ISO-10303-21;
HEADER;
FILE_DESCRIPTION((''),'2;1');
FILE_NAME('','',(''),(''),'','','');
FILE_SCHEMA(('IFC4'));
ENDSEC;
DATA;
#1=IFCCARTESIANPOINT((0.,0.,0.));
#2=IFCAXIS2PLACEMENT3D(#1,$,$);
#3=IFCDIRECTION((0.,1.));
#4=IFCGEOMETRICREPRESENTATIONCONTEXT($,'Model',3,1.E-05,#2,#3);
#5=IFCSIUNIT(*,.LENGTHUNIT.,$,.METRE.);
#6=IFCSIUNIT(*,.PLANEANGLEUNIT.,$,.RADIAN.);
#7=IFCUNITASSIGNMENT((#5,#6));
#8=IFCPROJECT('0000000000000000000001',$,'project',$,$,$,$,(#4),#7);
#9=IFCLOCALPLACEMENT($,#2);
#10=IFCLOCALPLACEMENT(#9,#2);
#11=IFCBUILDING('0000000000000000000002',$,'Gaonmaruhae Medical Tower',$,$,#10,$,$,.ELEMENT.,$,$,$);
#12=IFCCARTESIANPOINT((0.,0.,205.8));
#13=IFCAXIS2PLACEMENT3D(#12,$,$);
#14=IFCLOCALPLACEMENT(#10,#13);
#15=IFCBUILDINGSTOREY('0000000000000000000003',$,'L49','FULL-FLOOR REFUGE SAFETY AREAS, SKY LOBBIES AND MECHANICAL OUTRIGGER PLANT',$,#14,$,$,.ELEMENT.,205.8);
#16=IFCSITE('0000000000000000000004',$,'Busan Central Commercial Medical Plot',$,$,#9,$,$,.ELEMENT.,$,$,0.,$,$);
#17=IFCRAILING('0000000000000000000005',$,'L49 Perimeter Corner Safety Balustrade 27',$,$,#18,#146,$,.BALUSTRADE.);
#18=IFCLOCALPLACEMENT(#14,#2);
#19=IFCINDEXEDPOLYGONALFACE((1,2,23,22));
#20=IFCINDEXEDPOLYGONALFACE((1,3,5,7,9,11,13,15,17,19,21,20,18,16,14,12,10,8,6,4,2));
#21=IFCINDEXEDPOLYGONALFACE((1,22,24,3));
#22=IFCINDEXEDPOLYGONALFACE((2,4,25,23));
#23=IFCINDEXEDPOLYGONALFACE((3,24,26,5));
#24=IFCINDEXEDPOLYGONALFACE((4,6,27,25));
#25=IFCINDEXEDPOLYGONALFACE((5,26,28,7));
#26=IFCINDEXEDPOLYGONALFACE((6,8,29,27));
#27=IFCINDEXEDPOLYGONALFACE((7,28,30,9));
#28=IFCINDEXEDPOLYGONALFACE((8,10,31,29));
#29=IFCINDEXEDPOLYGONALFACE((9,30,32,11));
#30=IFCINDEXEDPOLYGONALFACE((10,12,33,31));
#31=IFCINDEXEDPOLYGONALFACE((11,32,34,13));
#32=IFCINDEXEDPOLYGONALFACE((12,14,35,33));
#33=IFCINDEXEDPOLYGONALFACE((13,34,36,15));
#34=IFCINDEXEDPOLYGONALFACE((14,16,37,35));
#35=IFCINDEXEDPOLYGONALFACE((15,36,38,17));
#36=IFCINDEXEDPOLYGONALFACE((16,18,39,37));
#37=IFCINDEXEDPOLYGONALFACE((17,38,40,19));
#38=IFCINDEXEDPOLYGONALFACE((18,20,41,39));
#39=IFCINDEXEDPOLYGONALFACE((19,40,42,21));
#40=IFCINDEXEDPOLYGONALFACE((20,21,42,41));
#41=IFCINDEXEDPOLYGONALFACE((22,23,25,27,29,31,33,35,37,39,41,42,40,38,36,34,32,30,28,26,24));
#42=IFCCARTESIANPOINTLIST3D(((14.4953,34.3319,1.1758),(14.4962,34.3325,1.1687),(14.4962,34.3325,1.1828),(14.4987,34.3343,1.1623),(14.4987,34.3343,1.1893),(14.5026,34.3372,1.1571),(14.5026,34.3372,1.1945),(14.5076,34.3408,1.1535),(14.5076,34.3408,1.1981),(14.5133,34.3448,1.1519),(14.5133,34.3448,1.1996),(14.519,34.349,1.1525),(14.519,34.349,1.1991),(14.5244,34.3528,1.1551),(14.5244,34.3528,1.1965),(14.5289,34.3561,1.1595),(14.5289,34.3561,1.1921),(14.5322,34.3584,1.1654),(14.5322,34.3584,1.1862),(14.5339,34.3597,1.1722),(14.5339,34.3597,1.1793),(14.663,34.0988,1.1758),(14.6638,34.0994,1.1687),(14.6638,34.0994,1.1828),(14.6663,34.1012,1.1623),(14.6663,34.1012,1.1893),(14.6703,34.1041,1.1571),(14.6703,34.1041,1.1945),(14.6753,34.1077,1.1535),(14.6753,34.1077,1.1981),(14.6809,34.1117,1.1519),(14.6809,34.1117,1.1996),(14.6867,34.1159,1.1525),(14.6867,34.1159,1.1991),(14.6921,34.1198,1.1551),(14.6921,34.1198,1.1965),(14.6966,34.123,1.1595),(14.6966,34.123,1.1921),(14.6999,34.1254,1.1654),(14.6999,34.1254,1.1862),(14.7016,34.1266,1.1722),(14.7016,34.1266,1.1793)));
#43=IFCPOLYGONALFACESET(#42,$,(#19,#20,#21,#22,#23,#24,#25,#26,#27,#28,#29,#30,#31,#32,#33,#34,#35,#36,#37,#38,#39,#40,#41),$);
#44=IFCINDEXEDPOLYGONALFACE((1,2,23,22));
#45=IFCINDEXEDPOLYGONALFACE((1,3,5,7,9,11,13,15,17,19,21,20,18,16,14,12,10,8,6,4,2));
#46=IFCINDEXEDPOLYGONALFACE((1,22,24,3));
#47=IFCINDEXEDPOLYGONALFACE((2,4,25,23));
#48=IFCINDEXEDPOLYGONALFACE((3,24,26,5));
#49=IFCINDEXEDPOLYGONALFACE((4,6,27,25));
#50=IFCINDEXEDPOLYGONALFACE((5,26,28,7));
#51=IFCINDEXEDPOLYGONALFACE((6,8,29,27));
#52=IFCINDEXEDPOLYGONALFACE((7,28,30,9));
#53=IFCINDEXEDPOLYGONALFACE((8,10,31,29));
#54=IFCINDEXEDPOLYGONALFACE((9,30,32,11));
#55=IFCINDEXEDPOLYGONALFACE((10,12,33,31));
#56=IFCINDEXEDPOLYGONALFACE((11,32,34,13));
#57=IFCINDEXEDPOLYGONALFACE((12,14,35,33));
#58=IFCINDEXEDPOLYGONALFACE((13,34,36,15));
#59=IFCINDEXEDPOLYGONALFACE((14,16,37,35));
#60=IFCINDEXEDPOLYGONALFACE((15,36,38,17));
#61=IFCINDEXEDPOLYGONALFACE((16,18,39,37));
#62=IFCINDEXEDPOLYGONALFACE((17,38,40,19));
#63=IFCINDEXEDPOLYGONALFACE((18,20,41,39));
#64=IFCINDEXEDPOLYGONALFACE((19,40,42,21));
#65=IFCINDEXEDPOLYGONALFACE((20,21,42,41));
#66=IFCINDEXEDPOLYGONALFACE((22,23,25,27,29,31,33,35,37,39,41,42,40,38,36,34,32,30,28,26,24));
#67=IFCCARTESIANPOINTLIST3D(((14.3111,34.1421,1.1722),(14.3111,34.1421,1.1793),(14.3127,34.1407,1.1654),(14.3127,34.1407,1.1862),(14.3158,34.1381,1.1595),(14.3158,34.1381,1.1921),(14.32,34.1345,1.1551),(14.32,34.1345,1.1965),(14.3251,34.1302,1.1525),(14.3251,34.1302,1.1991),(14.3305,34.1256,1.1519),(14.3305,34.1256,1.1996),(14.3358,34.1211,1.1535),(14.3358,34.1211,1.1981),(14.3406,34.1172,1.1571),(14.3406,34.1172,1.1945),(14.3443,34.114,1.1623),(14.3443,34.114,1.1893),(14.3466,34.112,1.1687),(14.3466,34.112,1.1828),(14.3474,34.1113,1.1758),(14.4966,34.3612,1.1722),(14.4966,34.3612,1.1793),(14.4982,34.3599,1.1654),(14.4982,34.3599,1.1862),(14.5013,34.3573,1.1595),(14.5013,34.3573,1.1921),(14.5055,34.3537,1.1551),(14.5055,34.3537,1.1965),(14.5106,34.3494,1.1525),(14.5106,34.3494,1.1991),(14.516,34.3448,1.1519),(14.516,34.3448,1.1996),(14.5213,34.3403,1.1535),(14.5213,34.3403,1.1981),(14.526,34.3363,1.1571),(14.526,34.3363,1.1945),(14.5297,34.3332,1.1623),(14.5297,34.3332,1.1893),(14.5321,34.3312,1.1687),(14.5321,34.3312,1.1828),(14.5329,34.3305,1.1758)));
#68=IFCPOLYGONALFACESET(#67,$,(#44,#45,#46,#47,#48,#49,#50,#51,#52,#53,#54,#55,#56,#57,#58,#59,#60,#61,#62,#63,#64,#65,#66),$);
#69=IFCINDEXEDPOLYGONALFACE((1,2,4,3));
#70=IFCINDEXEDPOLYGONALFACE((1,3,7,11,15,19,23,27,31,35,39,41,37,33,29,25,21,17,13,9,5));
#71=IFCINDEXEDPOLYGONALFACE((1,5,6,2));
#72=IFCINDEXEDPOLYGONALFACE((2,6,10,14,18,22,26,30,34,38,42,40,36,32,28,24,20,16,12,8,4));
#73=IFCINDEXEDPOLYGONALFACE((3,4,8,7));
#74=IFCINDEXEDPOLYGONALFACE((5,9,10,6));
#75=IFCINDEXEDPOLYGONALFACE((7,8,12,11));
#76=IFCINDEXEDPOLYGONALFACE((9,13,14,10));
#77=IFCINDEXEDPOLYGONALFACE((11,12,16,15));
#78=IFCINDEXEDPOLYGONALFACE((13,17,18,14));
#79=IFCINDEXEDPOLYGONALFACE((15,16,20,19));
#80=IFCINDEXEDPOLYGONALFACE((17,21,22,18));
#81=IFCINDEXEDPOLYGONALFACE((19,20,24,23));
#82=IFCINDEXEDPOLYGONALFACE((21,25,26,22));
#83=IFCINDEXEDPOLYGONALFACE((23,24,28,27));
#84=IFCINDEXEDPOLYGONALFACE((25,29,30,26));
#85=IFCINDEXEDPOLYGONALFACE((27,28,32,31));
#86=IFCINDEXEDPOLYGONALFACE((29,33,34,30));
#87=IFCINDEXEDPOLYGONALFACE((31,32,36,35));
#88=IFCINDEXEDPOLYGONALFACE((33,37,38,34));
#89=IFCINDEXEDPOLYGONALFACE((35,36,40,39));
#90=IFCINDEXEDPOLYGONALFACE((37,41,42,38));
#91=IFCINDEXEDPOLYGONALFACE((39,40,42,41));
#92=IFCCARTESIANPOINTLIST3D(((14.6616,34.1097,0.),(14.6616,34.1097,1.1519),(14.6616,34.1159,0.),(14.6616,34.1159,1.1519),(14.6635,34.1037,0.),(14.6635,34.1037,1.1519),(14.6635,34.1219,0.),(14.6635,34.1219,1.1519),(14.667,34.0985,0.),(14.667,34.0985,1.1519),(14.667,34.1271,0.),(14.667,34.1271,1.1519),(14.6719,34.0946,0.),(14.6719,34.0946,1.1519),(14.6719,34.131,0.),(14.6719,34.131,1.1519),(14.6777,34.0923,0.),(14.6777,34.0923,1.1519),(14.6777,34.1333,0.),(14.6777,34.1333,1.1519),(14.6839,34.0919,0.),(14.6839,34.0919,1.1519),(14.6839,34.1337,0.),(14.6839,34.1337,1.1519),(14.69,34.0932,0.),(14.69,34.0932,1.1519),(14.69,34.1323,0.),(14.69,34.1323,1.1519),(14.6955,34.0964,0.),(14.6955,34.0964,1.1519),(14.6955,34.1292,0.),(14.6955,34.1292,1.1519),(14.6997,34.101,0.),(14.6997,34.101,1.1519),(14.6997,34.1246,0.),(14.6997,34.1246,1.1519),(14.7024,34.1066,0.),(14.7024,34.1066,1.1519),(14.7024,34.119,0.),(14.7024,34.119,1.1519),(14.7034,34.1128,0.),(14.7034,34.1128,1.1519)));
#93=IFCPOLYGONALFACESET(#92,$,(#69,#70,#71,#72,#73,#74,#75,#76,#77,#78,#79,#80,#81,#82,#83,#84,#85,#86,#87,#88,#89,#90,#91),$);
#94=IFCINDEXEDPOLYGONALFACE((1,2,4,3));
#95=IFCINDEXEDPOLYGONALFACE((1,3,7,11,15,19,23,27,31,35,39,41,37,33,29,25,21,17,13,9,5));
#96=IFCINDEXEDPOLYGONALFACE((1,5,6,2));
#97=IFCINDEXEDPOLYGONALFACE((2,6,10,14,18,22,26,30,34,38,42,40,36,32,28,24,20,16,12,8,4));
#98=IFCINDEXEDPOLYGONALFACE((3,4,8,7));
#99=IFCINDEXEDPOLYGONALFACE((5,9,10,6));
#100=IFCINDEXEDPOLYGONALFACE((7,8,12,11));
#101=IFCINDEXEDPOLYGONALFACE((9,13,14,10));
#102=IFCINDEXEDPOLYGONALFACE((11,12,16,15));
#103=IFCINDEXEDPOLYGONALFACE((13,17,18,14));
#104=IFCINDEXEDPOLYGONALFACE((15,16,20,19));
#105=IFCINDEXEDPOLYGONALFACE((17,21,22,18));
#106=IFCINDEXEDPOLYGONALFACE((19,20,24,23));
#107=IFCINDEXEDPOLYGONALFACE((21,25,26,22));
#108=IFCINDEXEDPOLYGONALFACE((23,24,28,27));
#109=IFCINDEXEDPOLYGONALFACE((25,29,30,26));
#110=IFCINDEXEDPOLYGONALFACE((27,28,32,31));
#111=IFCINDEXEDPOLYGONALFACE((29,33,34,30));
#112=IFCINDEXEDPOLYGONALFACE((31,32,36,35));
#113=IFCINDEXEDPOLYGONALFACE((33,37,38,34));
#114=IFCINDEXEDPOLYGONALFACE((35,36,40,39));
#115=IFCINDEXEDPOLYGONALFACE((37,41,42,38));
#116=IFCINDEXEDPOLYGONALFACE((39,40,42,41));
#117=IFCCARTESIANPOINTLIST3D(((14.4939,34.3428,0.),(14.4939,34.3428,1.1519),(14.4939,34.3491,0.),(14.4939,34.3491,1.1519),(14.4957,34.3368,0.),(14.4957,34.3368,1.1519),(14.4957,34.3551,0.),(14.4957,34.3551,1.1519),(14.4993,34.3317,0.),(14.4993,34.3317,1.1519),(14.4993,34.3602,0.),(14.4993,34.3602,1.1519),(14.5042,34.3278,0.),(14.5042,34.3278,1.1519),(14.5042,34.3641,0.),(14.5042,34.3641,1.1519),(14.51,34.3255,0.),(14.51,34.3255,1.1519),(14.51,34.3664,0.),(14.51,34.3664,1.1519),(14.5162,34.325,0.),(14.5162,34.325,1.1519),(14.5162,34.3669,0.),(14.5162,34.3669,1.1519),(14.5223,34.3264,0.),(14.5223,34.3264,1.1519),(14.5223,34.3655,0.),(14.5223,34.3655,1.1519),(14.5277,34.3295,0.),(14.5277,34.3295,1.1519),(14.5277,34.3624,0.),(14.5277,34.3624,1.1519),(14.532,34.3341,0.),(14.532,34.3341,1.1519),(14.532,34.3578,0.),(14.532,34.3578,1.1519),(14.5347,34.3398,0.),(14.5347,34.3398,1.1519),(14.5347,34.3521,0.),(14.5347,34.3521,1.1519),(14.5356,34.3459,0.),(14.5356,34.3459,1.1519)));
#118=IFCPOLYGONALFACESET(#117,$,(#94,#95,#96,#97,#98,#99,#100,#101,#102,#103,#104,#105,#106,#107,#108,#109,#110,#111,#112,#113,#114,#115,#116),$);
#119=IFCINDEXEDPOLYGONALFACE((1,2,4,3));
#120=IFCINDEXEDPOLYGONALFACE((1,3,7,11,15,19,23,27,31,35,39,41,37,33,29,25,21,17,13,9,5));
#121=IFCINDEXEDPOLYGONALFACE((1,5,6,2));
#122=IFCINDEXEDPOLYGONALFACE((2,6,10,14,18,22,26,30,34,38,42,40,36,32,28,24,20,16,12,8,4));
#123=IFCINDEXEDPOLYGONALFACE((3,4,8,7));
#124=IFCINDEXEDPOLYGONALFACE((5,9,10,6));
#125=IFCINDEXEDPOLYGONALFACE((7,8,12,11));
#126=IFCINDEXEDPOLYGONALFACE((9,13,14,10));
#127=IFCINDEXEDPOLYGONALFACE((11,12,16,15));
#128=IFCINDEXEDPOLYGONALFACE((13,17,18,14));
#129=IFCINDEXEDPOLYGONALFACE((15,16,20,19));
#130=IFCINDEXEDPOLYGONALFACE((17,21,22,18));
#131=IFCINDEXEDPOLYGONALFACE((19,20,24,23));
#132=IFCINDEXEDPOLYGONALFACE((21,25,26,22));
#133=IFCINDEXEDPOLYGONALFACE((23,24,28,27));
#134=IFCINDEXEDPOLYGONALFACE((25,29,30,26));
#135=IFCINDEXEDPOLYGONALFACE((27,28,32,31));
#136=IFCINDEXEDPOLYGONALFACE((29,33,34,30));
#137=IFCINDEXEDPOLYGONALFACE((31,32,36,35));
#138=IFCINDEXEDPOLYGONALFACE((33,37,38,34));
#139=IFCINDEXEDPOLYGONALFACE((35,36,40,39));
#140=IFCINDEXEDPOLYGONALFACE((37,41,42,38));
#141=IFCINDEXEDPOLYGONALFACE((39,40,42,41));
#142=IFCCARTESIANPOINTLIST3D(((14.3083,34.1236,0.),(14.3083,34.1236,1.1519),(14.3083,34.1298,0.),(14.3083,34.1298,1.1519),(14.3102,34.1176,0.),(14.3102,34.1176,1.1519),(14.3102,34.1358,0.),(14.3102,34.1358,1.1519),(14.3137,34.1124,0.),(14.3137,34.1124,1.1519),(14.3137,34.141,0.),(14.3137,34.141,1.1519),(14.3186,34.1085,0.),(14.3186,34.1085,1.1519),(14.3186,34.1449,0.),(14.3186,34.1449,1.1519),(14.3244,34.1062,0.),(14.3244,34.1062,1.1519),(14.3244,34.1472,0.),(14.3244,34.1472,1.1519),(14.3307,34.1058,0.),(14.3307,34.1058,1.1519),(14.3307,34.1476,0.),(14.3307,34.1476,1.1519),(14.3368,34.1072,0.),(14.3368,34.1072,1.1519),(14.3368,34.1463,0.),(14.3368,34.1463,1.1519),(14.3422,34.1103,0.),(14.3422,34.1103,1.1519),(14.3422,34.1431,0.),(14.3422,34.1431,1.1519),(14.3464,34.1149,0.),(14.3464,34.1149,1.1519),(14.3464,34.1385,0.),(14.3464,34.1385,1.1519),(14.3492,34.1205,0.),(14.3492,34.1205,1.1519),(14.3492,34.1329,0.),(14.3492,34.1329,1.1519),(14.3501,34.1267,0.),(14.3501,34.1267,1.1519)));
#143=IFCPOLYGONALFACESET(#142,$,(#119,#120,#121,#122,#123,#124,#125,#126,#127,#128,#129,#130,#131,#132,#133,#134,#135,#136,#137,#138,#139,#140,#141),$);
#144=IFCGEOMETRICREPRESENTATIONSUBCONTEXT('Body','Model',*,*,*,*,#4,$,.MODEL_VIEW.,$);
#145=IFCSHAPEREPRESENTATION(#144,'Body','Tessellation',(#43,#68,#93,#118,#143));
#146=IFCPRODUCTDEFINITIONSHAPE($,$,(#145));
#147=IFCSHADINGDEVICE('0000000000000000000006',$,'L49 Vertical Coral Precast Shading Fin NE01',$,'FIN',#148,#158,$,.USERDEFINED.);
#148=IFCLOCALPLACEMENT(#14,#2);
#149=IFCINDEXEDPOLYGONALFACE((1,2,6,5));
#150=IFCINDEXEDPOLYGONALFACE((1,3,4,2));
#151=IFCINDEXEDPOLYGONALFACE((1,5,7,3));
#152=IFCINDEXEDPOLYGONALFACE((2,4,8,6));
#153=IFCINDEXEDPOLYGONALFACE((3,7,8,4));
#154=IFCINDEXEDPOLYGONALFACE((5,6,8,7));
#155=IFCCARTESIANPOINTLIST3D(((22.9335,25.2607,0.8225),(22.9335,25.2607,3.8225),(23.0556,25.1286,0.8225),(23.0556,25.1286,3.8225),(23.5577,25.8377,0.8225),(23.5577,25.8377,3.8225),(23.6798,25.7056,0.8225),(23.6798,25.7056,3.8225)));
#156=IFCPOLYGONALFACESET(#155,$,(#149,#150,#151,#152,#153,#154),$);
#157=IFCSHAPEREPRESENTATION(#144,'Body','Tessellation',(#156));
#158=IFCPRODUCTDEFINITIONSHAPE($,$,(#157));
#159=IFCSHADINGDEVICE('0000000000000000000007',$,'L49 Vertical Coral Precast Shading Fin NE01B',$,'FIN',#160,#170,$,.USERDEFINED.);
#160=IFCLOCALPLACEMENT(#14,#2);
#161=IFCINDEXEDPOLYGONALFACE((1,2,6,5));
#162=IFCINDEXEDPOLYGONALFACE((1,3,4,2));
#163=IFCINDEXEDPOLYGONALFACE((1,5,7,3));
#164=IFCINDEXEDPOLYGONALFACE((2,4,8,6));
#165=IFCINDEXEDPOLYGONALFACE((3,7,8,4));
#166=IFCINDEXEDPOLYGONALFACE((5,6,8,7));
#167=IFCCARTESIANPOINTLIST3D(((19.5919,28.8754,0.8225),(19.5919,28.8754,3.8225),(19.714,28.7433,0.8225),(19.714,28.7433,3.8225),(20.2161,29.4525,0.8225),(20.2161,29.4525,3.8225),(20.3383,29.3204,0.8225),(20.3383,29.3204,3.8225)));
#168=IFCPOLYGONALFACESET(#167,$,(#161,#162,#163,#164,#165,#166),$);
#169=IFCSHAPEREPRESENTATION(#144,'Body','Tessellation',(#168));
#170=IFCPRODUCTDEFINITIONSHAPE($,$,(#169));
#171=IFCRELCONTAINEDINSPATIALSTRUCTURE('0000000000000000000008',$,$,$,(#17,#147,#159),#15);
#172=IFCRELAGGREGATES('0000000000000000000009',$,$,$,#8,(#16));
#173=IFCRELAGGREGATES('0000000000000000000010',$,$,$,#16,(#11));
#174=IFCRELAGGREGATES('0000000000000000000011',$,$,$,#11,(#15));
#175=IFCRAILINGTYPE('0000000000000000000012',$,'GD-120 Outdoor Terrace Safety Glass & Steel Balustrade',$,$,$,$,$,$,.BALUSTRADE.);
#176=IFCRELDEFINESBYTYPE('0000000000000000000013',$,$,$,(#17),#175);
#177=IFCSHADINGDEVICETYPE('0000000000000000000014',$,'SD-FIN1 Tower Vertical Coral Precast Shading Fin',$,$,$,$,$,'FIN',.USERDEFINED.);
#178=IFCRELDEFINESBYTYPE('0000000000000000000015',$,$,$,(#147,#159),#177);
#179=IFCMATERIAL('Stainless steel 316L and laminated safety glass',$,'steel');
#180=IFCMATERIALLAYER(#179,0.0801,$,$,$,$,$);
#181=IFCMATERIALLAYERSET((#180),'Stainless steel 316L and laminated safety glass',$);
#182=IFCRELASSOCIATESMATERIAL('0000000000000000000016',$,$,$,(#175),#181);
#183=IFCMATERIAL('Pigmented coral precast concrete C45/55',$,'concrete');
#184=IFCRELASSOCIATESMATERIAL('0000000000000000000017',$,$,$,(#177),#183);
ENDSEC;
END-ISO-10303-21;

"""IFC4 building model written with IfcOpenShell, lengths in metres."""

from ifc_helpers import new_model, si_unit, direction, frame, origin, origin_2d, place, context, subcontext, project, spatial, rectangle, circle, extrude, material, layer, layer_set, type_object, element, save


model = new_model("IFC4")

# Units and contexts
model_context = context("Model", 3, precision=1e-05, world=origin(), true_north=direction((0.0, 1.0)))
body_context = subcontext(model_context, "Body", "Model", "MODEL_VIEW")
ifc_project = project(units=[si_unit("LENGTHUNIT", "METRE"), si_unit("PLANEANGLEUNIT", "RADIAN")], contexts=[model_context])

# Site, building, storey
site_placement = place(None, origin())
site = spatial("IfcSite", under=ifc_project, at=site_placement, Name="Busan Central Commercial Medical Plot", CompositionType="ELEMENT", RefElevation=0.0)
building_placement = place(site_placement, origin())
building = spatial("IfcBuilding", under=site, at=building_placement, Name="Gaonmaruhae Medical Tower", CompositionType="ELEMENT")
storey_placement = place(building_placement, frame((0.0, 0.0, 205.8)))
storey = spatial("IfcBuildingStorey", under=building, at=storey_placement, Name="L49", Description="FULL-FLOOR REFUGE SAFETY AREAS, SKY LOBBIES AND MECHANICAL OUTRIGGER PLANT", CompositionType="ELEMENT", Elevation=205.8)

# Railing
ifc_material_1 = material(Name="Stainless steel 316L and laminated safety glass", Category="steel")
ifc_layer_1 = layer(ifc_material_1, 0.0801)
ifc_layer_set_1 = layer_set([ifc_layer_1], Name="Stainless steel 316L and laminated safety glass")
railing_type = type_object("IfcRailingType", Name="GD-120 Outdoor Terrace Safety Glass & Steel Balustrade", PredefinedType="BALUSTRADE", material=ifc_layer_set_1)
railing_1_placement = place(storey_placement, frame((14.6824, 34.1128, 0.0)))
element("IfcRailing", 1, at=railing_1_placement, inside=storey, type_object=railing_type, Name="L49 Perimeter Corner Safety Balustrade 27", PredefinedType="BALUSTRADE", context=body_context, shape_type="SweptSolid", body=[
    extrude(circle(Radius=0.0239, at=origin_2d()), frame((0.0, 0.0, 1.1758), z_axis=(-0.583969, 0.811776, 0.0), x_axis=(-0.811776, -0.583969, 0.0)), (0.0, 0.0, 1.0), 0.2871),
    extrude(circle(Radius=0.0239, at=origin_2d()), frame((-0.1677, 0.2332, 1.1758), z_axis=(-0.646018, -0.763322, 0.0), x_axis=(0.763322, -0.646018, 0.0)), (0.0, 0.0, 1.0), 0.2871),
    extrude(circle(Radius=0.021, at=origin_2d()), origin(), (0.0, 0.0, 1.0), 1.1519),
    extrude(circle(Radius=0.021, at=origin_2d()), frame((-0.1677, 0.2332, 0.0)), (0.0, 0.0, 1.0), 1.1519),
    extrude(circle(Radius=0.021, at=origin_2d()), frame((-0.3533, 0.0139, 0.0)), (0.0, 0.0, 1.0), 1.1519),
])

# Shading devices
ifc_material_2 = material(Name="Pigmented coral precast concrete C45/55", Category="concrete")
shading_device_type = type_object("IfcShadingDeviceType", Name="SD-FIN1 Tower Vertical Coral Precast Shading Fin", ElementType="FIN", PredefinedType="USERDEFINED", material=ifc_material_2)
for number, where, z_axis, x_axis, name in (
    (2, (23.3066, 25.4832, 0.8225), (0.0, 0.0, 1.0), (-0.678814, 0.734311, 0.0), "L49 Vertical Coral Precast Shading Fin NE01"),
    (3, (19.9651, 29.0979, 0.8225), (0.0, 0.0, 1.0), (-0.678814, 0.734311, 0.0), "L49 Vertical Coral Precast Shading Fin NE01B"),
):
    element("IfcShadingDevice", number, at=place(storey_placement, frame(where, z_axis=z_axis, x_axis=x_axis)), inside=storey, type_object=shading_device_type, Name=name, ObjectType="FIN", PredefinedType="USERDEFINED", context=body_context, shape_type="SweptSolid", body=[
        extrude(rectangle(XDim=0.1799, YDim=0.8501, at=origin_2d()), origin(), (0.0, 0.0, 1.0), 3.0),
    ])

save(model, "model.ifc")
